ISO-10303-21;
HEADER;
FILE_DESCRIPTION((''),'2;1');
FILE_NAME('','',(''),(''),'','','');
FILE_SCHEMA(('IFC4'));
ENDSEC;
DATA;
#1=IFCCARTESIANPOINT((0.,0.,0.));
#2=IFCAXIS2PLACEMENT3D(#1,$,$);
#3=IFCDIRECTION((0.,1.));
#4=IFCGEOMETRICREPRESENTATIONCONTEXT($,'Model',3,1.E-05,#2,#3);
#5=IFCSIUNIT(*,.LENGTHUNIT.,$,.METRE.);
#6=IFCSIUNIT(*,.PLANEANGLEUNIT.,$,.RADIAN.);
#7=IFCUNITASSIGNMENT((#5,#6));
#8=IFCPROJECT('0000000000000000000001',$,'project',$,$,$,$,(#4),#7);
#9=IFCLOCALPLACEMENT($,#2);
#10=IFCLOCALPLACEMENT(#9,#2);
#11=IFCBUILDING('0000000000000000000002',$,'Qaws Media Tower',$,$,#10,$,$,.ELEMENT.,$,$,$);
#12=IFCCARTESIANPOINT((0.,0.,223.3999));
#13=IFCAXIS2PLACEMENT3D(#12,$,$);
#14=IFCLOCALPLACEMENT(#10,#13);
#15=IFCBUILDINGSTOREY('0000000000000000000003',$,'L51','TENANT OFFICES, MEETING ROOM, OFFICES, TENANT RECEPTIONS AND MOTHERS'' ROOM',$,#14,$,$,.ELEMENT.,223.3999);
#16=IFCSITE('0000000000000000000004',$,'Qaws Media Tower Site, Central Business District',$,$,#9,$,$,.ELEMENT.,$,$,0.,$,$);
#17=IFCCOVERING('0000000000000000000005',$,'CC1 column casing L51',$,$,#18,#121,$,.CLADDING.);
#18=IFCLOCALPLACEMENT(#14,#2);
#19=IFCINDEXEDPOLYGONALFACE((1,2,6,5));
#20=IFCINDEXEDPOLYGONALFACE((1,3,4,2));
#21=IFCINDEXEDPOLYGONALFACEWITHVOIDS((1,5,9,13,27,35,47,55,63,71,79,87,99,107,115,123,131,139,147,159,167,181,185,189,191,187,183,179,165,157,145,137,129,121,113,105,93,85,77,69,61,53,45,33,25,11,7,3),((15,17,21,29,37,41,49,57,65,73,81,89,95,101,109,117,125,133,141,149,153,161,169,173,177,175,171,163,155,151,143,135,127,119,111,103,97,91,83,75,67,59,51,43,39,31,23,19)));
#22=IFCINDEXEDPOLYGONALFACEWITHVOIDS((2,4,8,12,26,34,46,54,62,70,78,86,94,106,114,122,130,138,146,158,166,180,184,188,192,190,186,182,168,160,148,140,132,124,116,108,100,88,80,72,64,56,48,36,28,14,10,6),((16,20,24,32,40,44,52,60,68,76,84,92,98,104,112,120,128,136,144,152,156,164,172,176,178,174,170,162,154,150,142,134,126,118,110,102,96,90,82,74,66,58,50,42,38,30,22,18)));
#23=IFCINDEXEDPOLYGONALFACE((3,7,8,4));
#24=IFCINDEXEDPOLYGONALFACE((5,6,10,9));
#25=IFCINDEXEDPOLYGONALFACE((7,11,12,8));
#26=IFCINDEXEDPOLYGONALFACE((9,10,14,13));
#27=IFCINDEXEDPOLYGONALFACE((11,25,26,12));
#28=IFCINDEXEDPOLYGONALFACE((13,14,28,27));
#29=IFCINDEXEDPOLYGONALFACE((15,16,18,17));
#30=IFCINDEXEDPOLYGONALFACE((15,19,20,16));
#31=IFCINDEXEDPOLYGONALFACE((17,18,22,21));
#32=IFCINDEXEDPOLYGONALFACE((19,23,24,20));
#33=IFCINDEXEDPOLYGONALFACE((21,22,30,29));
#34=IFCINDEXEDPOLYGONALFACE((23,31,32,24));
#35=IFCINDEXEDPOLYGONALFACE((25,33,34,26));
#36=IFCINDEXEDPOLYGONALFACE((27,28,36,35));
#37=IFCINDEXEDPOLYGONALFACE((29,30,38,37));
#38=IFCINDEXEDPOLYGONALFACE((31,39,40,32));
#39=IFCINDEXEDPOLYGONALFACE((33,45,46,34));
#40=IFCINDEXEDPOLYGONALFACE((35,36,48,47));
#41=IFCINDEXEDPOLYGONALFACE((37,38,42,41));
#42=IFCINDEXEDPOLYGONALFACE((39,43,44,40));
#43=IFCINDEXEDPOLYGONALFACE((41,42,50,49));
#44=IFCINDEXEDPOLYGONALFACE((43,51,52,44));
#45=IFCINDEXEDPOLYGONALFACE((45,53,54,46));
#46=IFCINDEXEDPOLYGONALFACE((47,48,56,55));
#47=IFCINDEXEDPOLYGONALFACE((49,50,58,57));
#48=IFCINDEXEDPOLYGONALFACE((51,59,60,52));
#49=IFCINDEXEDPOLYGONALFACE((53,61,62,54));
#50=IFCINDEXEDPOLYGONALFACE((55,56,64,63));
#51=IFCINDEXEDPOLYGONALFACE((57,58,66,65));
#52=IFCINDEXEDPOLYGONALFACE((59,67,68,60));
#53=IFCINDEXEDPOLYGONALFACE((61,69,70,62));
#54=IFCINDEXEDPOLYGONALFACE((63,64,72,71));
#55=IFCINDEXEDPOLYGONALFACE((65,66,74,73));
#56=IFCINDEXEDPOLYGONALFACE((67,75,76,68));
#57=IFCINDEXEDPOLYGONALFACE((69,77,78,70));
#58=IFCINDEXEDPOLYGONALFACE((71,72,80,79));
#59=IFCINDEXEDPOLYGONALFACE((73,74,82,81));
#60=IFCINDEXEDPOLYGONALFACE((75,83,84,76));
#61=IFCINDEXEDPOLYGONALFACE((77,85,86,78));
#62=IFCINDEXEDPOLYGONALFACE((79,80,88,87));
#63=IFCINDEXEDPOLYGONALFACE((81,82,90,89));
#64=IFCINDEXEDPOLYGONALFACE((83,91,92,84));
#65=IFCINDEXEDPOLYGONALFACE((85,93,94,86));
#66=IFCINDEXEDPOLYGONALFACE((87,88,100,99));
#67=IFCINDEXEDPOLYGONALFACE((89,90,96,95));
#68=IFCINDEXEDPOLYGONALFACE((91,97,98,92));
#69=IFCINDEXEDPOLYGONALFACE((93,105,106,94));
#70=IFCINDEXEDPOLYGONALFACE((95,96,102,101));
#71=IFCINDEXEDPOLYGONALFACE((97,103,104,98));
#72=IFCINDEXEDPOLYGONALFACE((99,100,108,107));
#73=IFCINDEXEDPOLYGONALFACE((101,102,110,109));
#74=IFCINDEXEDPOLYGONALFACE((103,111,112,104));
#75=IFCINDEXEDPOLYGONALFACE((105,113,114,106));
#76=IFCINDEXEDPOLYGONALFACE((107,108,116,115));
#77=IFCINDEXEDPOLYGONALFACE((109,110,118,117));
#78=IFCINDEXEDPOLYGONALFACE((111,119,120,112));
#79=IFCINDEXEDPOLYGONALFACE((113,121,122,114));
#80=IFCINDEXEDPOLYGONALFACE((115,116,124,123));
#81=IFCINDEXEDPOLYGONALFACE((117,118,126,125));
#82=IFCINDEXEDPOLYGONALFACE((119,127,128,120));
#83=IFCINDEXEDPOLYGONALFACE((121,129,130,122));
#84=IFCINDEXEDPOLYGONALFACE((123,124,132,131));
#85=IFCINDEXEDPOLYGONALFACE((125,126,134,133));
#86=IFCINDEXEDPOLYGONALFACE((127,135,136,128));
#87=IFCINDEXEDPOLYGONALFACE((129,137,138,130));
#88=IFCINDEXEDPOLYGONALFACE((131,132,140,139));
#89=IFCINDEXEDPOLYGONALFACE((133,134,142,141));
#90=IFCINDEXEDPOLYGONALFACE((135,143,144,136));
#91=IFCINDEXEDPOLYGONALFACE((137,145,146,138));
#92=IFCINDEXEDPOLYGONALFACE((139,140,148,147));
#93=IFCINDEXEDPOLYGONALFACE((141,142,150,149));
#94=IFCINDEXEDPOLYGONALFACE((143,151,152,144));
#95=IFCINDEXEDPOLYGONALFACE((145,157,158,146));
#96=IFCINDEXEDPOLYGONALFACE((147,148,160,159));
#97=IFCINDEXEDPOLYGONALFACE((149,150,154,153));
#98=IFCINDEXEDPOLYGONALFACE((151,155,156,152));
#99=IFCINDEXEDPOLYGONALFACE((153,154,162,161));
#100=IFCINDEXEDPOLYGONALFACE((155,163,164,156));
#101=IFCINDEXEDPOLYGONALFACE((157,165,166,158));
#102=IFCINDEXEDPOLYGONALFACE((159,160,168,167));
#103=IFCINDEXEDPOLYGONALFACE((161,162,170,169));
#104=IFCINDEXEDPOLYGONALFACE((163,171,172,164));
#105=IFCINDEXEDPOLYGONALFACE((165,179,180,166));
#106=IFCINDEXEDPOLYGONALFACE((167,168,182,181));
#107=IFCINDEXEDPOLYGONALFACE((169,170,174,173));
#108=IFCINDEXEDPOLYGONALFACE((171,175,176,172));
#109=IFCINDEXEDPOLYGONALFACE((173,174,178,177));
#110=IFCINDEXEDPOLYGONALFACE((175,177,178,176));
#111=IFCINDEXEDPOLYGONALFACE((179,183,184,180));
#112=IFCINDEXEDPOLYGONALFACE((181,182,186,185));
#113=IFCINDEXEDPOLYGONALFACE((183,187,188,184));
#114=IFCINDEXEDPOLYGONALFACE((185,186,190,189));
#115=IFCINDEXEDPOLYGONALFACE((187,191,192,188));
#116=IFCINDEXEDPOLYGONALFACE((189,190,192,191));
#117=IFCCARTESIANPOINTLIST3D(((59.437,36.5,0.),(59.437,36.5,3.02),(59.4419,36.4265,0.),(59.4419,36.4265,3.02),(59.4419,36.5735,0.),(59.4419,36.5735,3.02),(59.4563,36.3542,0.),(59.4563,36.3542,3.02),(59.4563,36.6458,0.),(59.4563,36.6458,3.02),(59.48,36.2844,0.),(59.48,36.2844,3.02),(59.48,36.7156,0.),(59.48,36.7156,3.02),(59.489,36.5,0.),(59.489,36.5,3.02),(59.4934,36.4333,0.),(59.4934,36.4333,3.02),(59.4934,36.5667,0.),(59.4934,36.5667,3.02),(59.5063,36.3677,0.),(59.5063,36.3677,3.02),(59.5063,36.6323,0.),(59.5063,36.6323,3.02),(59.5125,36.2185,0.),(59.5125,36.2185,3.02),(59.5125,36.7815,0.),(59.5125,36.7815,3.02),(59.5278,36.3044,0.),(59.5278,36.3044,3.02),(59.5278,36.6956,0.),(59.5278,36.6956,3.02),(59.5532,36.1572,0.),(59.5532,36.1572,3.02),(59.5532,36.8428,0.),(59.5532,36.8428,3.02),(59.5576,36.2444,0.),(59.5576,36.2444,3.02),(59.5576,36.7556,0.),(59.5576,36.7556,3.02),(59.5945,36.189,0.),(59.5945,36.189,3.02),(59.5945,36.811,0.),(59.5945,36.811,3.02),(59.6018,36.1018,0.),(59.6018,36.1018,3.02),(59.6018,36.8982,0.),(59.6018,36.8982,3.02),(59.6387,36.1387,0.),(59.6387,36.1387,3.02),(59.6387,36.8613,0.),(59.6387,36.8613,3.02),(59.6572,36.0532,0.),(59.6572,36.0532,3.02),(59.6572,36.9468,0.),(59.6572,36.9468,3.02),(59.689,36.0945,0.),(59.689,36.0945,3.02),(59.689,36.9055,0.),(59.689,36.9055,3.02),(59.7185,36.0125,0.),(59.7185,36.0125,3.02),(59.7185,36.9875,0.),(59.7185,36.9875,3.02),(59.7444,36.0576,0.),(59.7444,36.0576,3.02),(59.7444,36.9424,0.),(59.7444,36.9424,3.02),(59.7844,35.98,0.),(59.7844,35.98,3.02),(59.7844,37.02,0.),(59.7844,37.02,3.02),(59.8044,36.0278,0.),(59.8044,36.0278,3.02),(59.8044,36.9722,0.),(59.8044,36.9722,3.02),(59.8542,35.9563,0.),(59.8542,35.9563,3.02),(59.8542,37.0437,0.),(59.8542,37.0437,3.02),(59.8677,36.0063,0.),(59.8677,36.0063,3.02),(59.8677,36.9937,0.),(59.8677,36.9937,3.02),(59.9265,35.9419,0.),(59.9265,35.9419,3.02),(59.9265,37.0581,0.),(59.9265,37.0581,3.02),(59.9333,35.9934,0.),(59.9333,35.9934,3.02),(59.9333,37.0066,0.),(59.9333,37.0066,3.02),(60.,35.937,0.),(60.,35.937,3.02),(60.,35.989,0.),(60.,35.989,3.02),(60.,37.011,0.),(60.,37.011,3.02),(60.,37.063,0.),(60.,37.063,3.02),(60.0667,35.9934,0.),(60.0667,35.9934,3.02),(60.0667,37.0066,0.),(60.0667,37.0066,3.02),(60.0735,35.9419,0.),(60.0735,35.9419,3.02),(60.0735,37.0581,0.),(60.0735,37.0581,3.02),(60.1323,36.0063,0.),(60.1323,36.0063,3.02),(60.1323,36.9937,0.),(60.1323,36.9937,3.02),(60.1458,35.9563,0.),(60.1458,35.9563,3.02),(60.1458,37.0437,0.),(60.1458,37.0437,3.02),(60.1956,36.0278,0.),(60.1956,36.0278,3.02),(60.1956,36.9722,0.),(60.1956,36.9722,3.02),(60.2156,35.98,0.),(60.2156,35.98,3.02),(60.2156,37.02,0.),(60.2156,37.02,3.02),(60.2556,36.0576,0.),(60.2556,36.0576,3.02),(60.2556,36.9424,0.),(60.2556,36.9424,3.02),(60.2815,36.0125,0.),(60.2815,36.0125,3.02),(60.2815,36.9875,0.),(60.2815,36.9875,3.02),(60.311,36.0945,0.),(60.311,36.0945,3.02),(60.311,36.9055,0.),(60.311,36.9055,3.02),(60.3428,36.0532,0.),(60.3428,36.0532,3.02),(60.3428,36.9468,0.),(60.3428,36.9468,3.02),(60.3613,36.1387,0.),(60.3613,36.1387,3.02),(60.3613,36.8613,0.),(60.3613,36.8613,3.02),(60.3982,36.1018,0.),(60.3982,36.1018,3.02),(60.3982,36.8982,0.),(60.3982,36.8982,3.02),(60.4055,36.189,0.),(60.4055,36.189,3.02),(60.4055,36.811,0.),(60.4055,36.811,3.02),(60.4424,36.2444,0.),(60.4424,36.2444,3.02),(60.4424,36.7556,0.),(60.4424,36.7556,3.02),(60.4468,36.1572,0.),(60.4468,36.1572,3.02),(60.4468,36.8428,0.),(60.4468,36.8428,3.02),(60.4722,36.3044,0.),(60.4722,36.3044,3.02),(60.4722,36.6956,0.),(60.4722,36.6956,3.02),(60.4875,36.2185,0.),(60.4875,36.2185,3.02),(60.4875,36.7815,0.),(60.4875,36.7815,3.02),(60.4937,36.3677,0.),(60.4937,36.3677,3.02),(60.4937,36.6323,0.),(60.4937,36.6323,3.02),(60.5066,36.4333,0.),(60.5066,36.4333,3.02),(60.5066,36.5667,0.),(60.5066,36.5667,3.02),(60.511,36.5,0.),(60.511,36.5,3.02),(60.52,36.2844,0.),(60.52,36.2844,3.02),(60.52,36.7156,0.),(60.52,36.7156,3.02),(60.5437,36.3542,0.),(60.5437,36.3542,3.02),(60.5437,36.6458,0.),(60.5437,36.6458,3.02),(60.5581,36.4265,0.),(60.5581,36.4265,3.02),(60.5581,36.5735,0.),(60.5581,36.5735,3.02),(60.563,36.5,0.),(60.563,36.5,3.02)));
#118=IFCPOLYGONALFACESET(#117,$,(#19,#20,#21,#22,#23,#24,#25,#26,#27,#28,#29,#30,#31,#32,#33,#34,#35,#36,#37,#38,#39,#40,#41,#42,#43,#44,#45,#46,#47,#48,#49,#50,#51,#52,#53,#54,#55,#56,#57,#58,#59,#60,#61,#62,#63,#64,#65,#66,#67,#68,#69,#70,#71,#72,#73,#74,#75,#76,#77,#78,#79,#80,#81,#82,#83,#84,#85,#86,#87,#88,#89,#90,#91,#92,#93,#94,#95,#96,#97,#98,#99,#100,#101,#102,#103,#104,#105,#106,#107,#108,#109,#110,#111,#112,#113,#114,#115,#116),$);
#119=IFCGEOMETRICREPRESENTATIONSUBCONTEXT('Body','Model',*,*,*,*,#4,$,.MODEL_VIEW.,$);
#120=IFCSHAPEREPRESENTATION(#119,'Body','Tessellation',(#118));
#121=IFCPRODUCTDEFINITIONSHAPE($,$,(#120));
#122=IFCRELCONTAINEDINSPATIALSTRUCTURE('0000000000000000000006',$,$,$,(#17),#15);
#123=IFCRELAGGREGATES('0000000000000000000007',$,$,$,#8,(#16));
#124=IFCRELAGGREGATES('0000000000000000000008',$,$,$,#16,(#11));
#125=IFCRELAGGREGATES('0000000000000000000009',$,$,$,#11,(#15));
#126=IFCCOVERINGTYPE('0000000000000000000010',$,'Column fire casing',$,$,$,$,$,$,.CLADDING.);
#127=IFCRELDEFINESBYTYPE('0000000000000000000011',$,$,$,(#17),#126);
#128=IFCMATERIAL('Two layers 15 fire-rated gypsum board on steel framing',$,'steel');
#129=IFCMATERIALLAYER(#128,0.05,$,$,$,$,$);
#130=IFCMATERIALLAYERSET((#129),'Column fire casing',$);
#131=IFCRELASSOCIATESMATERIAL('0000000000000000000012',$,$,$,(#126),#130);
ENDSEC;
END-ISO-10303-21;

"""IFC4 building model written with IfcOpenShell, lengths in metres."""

from ifc_helpers import new_model, si_unit, direction, frame, origin, place, context, subcontext, project, spatial, polyline, outline, extrude, material, layer, layer_set, type_object, element, save


model = new_model("IFC4")

# Units and contexts
model_context = context("Model", 3, precision=1e-05, world=origin(), true_north=direction((0.0, 1.0)))
body_context = subcontext(model_context, "Body", "Model", "MODEL_VIEW")
ifc_project = project(units=[si_unit("LENGTHUNIT", "METRE"), si_unit("PLANEANGLEUNIT", "RADIAN")], contexts=[model_context])

# Site, building, storey
site_placement = place(None, origin())
site = spatial("IfcSite", under=ifc_project, at=site_placement, Name="Qaws Media Tower Site, Central Business District", CompositionType="ELEMENT", RefElevation=0.0)
building_placement = place(site_placement, origin())
building = spatial("IfcBuilding", under=site, at=building_placement, Name="Qaws Media Tower", CompositionType="ELEMENT")
storey_placement = place(building_placement, frame((0.0, 0.0, 223.3999)))
storey = spatial("IfcBuildingStorey", under=building, at=storey_placement, Name="L51", Description="TENANT OFFICES, MEETING ROOM, OFFICES, TENANT RECEPTIONS AND MOTHERS' ROOM", CompositionType="ELEMENT", Elevation=223.3999)

# Covering
ifc_material_1 = material(Name="Two layers 15 fire-rated gypsum board on steel framing", Category="steel")
ifc_layer_1 = layer(ifc_material_1, 0.05)
ifc_layer_set_1 = layer_set([ifc_layer_1], Name="Column fire casing")
covering_type = type_object("IfcCoveringType", Name="Column fire casing", PredefinedType="CLADDING", material=ifc_layer_set_1)
covering_placement = place(storey_placement, origin())
element("IfcCovering", 1, at=covering_placement, inside=storey, type_object=covering_type, Name="CC1 column casing L51", PredefinedType="CLADDING", context=body_context, shape_type="SweptSolid", body=[
    extrude(outline(polyline([(60.563, 36.5), (60.5581, 36.4265), (60.5437, 36.3542), (60.52, 36.2844), (60.4875, 36.2185), (60.4468, 36.1572), (60.3982, 36.1018), (60.3428, 36.0532), (60.2815, 36.0125), (60.2156, 35.98), (60.1458, 35.9563), (60.0735, 35.9419), (60.0, 35.937), (59.9265, 35.9419), (59.8542, 35.9563), (59.7844, 35.98), (59.7185, 36.0125), (59.6572, 36.0532), (59.6018, 36.1018), (59.5532, 36.1572), (59.5125, 36.2185), (59.48, 36.2844), (59.4563, 36.3542), (59.4419, 36.4265), (59.437, 36.5), (59.4419, 36.5735), (59.4563, 36.6458), (59.48, 36.7156), (59.5125, 36.7815), (59.5532, 36.8428), (59.6018, 36.8982), (59.6572, 36.9468), (59.7185, 36.9875), (59.7844, 37.02), (59.8542, 37.0437), (59.9265, 37.0581), (60.0, 37.063), (60.0735, 37.0581), (60.1458, 37.0437), (60.2156, 37.02), (60.2815, 36.9875), (60.3428, 36.9468), (60.3982, 36.8982), (60.4468, 36.8428), (60.4875, 36.7815), (60.52, 36.7156), (60.5437, 36.6458), (60.5581, 36.5735), (60.563, 36.5)]), holes=[polyline([(60.511, 36.5), (60.5066, 36.4333), (60.4937, 36.3677), (60.4722, 36.3044), (60.4424, 36.2444), (60.4055, 36.189), (60.3613, 36.1387), (60.311, 36.0945), (60.2556, 36.0576), (60.1956, 36.0278), (60.1323, 36.0063), (60.0667, 35.9934), (60.0, 35.989), (59.9333, 35.9934), (59.8677, 36.0063), (59.8044, 36.0278), (59.7444, 36.0576), (59.689, 36.0945), (59.6387, 36.1387), (59.5945, 36.189), (59.5576, 36.2444), (59.5278, 36.3044), (59.5063, 36.3677), (59.4934, 36.4333), (59.489, 36.5), (59.4934, 36.5667), (59.5063, 36.6323), (59.5278, 36.6956), (59.5576, 36.7556), (59.5945, 36.811), (59.6387, 36.8613), (59.689, 36.9055), (59.7444, 36.9424), (59.8044, 36.9722), (59.8677, 36.9937), (59.9333, 37.0066), (60.0, 37.011), (60.0667, 37.0066), (60.1323, 36.9937), (60.1956, 36.9722), (60.2556, 36.9424), (60.311, 36.9055), (60.3613, 36.8613), (60.4055, 36.811), (60.4424, 36.7556), (60.4722, 36.6956), (60.4937, 36.6323), (60.5066, 36.5667), (60.511, 36.5)])]), origin(), (0.0, 0.0, 1.0), 3.02),
])

save(model, "model.ifc")
